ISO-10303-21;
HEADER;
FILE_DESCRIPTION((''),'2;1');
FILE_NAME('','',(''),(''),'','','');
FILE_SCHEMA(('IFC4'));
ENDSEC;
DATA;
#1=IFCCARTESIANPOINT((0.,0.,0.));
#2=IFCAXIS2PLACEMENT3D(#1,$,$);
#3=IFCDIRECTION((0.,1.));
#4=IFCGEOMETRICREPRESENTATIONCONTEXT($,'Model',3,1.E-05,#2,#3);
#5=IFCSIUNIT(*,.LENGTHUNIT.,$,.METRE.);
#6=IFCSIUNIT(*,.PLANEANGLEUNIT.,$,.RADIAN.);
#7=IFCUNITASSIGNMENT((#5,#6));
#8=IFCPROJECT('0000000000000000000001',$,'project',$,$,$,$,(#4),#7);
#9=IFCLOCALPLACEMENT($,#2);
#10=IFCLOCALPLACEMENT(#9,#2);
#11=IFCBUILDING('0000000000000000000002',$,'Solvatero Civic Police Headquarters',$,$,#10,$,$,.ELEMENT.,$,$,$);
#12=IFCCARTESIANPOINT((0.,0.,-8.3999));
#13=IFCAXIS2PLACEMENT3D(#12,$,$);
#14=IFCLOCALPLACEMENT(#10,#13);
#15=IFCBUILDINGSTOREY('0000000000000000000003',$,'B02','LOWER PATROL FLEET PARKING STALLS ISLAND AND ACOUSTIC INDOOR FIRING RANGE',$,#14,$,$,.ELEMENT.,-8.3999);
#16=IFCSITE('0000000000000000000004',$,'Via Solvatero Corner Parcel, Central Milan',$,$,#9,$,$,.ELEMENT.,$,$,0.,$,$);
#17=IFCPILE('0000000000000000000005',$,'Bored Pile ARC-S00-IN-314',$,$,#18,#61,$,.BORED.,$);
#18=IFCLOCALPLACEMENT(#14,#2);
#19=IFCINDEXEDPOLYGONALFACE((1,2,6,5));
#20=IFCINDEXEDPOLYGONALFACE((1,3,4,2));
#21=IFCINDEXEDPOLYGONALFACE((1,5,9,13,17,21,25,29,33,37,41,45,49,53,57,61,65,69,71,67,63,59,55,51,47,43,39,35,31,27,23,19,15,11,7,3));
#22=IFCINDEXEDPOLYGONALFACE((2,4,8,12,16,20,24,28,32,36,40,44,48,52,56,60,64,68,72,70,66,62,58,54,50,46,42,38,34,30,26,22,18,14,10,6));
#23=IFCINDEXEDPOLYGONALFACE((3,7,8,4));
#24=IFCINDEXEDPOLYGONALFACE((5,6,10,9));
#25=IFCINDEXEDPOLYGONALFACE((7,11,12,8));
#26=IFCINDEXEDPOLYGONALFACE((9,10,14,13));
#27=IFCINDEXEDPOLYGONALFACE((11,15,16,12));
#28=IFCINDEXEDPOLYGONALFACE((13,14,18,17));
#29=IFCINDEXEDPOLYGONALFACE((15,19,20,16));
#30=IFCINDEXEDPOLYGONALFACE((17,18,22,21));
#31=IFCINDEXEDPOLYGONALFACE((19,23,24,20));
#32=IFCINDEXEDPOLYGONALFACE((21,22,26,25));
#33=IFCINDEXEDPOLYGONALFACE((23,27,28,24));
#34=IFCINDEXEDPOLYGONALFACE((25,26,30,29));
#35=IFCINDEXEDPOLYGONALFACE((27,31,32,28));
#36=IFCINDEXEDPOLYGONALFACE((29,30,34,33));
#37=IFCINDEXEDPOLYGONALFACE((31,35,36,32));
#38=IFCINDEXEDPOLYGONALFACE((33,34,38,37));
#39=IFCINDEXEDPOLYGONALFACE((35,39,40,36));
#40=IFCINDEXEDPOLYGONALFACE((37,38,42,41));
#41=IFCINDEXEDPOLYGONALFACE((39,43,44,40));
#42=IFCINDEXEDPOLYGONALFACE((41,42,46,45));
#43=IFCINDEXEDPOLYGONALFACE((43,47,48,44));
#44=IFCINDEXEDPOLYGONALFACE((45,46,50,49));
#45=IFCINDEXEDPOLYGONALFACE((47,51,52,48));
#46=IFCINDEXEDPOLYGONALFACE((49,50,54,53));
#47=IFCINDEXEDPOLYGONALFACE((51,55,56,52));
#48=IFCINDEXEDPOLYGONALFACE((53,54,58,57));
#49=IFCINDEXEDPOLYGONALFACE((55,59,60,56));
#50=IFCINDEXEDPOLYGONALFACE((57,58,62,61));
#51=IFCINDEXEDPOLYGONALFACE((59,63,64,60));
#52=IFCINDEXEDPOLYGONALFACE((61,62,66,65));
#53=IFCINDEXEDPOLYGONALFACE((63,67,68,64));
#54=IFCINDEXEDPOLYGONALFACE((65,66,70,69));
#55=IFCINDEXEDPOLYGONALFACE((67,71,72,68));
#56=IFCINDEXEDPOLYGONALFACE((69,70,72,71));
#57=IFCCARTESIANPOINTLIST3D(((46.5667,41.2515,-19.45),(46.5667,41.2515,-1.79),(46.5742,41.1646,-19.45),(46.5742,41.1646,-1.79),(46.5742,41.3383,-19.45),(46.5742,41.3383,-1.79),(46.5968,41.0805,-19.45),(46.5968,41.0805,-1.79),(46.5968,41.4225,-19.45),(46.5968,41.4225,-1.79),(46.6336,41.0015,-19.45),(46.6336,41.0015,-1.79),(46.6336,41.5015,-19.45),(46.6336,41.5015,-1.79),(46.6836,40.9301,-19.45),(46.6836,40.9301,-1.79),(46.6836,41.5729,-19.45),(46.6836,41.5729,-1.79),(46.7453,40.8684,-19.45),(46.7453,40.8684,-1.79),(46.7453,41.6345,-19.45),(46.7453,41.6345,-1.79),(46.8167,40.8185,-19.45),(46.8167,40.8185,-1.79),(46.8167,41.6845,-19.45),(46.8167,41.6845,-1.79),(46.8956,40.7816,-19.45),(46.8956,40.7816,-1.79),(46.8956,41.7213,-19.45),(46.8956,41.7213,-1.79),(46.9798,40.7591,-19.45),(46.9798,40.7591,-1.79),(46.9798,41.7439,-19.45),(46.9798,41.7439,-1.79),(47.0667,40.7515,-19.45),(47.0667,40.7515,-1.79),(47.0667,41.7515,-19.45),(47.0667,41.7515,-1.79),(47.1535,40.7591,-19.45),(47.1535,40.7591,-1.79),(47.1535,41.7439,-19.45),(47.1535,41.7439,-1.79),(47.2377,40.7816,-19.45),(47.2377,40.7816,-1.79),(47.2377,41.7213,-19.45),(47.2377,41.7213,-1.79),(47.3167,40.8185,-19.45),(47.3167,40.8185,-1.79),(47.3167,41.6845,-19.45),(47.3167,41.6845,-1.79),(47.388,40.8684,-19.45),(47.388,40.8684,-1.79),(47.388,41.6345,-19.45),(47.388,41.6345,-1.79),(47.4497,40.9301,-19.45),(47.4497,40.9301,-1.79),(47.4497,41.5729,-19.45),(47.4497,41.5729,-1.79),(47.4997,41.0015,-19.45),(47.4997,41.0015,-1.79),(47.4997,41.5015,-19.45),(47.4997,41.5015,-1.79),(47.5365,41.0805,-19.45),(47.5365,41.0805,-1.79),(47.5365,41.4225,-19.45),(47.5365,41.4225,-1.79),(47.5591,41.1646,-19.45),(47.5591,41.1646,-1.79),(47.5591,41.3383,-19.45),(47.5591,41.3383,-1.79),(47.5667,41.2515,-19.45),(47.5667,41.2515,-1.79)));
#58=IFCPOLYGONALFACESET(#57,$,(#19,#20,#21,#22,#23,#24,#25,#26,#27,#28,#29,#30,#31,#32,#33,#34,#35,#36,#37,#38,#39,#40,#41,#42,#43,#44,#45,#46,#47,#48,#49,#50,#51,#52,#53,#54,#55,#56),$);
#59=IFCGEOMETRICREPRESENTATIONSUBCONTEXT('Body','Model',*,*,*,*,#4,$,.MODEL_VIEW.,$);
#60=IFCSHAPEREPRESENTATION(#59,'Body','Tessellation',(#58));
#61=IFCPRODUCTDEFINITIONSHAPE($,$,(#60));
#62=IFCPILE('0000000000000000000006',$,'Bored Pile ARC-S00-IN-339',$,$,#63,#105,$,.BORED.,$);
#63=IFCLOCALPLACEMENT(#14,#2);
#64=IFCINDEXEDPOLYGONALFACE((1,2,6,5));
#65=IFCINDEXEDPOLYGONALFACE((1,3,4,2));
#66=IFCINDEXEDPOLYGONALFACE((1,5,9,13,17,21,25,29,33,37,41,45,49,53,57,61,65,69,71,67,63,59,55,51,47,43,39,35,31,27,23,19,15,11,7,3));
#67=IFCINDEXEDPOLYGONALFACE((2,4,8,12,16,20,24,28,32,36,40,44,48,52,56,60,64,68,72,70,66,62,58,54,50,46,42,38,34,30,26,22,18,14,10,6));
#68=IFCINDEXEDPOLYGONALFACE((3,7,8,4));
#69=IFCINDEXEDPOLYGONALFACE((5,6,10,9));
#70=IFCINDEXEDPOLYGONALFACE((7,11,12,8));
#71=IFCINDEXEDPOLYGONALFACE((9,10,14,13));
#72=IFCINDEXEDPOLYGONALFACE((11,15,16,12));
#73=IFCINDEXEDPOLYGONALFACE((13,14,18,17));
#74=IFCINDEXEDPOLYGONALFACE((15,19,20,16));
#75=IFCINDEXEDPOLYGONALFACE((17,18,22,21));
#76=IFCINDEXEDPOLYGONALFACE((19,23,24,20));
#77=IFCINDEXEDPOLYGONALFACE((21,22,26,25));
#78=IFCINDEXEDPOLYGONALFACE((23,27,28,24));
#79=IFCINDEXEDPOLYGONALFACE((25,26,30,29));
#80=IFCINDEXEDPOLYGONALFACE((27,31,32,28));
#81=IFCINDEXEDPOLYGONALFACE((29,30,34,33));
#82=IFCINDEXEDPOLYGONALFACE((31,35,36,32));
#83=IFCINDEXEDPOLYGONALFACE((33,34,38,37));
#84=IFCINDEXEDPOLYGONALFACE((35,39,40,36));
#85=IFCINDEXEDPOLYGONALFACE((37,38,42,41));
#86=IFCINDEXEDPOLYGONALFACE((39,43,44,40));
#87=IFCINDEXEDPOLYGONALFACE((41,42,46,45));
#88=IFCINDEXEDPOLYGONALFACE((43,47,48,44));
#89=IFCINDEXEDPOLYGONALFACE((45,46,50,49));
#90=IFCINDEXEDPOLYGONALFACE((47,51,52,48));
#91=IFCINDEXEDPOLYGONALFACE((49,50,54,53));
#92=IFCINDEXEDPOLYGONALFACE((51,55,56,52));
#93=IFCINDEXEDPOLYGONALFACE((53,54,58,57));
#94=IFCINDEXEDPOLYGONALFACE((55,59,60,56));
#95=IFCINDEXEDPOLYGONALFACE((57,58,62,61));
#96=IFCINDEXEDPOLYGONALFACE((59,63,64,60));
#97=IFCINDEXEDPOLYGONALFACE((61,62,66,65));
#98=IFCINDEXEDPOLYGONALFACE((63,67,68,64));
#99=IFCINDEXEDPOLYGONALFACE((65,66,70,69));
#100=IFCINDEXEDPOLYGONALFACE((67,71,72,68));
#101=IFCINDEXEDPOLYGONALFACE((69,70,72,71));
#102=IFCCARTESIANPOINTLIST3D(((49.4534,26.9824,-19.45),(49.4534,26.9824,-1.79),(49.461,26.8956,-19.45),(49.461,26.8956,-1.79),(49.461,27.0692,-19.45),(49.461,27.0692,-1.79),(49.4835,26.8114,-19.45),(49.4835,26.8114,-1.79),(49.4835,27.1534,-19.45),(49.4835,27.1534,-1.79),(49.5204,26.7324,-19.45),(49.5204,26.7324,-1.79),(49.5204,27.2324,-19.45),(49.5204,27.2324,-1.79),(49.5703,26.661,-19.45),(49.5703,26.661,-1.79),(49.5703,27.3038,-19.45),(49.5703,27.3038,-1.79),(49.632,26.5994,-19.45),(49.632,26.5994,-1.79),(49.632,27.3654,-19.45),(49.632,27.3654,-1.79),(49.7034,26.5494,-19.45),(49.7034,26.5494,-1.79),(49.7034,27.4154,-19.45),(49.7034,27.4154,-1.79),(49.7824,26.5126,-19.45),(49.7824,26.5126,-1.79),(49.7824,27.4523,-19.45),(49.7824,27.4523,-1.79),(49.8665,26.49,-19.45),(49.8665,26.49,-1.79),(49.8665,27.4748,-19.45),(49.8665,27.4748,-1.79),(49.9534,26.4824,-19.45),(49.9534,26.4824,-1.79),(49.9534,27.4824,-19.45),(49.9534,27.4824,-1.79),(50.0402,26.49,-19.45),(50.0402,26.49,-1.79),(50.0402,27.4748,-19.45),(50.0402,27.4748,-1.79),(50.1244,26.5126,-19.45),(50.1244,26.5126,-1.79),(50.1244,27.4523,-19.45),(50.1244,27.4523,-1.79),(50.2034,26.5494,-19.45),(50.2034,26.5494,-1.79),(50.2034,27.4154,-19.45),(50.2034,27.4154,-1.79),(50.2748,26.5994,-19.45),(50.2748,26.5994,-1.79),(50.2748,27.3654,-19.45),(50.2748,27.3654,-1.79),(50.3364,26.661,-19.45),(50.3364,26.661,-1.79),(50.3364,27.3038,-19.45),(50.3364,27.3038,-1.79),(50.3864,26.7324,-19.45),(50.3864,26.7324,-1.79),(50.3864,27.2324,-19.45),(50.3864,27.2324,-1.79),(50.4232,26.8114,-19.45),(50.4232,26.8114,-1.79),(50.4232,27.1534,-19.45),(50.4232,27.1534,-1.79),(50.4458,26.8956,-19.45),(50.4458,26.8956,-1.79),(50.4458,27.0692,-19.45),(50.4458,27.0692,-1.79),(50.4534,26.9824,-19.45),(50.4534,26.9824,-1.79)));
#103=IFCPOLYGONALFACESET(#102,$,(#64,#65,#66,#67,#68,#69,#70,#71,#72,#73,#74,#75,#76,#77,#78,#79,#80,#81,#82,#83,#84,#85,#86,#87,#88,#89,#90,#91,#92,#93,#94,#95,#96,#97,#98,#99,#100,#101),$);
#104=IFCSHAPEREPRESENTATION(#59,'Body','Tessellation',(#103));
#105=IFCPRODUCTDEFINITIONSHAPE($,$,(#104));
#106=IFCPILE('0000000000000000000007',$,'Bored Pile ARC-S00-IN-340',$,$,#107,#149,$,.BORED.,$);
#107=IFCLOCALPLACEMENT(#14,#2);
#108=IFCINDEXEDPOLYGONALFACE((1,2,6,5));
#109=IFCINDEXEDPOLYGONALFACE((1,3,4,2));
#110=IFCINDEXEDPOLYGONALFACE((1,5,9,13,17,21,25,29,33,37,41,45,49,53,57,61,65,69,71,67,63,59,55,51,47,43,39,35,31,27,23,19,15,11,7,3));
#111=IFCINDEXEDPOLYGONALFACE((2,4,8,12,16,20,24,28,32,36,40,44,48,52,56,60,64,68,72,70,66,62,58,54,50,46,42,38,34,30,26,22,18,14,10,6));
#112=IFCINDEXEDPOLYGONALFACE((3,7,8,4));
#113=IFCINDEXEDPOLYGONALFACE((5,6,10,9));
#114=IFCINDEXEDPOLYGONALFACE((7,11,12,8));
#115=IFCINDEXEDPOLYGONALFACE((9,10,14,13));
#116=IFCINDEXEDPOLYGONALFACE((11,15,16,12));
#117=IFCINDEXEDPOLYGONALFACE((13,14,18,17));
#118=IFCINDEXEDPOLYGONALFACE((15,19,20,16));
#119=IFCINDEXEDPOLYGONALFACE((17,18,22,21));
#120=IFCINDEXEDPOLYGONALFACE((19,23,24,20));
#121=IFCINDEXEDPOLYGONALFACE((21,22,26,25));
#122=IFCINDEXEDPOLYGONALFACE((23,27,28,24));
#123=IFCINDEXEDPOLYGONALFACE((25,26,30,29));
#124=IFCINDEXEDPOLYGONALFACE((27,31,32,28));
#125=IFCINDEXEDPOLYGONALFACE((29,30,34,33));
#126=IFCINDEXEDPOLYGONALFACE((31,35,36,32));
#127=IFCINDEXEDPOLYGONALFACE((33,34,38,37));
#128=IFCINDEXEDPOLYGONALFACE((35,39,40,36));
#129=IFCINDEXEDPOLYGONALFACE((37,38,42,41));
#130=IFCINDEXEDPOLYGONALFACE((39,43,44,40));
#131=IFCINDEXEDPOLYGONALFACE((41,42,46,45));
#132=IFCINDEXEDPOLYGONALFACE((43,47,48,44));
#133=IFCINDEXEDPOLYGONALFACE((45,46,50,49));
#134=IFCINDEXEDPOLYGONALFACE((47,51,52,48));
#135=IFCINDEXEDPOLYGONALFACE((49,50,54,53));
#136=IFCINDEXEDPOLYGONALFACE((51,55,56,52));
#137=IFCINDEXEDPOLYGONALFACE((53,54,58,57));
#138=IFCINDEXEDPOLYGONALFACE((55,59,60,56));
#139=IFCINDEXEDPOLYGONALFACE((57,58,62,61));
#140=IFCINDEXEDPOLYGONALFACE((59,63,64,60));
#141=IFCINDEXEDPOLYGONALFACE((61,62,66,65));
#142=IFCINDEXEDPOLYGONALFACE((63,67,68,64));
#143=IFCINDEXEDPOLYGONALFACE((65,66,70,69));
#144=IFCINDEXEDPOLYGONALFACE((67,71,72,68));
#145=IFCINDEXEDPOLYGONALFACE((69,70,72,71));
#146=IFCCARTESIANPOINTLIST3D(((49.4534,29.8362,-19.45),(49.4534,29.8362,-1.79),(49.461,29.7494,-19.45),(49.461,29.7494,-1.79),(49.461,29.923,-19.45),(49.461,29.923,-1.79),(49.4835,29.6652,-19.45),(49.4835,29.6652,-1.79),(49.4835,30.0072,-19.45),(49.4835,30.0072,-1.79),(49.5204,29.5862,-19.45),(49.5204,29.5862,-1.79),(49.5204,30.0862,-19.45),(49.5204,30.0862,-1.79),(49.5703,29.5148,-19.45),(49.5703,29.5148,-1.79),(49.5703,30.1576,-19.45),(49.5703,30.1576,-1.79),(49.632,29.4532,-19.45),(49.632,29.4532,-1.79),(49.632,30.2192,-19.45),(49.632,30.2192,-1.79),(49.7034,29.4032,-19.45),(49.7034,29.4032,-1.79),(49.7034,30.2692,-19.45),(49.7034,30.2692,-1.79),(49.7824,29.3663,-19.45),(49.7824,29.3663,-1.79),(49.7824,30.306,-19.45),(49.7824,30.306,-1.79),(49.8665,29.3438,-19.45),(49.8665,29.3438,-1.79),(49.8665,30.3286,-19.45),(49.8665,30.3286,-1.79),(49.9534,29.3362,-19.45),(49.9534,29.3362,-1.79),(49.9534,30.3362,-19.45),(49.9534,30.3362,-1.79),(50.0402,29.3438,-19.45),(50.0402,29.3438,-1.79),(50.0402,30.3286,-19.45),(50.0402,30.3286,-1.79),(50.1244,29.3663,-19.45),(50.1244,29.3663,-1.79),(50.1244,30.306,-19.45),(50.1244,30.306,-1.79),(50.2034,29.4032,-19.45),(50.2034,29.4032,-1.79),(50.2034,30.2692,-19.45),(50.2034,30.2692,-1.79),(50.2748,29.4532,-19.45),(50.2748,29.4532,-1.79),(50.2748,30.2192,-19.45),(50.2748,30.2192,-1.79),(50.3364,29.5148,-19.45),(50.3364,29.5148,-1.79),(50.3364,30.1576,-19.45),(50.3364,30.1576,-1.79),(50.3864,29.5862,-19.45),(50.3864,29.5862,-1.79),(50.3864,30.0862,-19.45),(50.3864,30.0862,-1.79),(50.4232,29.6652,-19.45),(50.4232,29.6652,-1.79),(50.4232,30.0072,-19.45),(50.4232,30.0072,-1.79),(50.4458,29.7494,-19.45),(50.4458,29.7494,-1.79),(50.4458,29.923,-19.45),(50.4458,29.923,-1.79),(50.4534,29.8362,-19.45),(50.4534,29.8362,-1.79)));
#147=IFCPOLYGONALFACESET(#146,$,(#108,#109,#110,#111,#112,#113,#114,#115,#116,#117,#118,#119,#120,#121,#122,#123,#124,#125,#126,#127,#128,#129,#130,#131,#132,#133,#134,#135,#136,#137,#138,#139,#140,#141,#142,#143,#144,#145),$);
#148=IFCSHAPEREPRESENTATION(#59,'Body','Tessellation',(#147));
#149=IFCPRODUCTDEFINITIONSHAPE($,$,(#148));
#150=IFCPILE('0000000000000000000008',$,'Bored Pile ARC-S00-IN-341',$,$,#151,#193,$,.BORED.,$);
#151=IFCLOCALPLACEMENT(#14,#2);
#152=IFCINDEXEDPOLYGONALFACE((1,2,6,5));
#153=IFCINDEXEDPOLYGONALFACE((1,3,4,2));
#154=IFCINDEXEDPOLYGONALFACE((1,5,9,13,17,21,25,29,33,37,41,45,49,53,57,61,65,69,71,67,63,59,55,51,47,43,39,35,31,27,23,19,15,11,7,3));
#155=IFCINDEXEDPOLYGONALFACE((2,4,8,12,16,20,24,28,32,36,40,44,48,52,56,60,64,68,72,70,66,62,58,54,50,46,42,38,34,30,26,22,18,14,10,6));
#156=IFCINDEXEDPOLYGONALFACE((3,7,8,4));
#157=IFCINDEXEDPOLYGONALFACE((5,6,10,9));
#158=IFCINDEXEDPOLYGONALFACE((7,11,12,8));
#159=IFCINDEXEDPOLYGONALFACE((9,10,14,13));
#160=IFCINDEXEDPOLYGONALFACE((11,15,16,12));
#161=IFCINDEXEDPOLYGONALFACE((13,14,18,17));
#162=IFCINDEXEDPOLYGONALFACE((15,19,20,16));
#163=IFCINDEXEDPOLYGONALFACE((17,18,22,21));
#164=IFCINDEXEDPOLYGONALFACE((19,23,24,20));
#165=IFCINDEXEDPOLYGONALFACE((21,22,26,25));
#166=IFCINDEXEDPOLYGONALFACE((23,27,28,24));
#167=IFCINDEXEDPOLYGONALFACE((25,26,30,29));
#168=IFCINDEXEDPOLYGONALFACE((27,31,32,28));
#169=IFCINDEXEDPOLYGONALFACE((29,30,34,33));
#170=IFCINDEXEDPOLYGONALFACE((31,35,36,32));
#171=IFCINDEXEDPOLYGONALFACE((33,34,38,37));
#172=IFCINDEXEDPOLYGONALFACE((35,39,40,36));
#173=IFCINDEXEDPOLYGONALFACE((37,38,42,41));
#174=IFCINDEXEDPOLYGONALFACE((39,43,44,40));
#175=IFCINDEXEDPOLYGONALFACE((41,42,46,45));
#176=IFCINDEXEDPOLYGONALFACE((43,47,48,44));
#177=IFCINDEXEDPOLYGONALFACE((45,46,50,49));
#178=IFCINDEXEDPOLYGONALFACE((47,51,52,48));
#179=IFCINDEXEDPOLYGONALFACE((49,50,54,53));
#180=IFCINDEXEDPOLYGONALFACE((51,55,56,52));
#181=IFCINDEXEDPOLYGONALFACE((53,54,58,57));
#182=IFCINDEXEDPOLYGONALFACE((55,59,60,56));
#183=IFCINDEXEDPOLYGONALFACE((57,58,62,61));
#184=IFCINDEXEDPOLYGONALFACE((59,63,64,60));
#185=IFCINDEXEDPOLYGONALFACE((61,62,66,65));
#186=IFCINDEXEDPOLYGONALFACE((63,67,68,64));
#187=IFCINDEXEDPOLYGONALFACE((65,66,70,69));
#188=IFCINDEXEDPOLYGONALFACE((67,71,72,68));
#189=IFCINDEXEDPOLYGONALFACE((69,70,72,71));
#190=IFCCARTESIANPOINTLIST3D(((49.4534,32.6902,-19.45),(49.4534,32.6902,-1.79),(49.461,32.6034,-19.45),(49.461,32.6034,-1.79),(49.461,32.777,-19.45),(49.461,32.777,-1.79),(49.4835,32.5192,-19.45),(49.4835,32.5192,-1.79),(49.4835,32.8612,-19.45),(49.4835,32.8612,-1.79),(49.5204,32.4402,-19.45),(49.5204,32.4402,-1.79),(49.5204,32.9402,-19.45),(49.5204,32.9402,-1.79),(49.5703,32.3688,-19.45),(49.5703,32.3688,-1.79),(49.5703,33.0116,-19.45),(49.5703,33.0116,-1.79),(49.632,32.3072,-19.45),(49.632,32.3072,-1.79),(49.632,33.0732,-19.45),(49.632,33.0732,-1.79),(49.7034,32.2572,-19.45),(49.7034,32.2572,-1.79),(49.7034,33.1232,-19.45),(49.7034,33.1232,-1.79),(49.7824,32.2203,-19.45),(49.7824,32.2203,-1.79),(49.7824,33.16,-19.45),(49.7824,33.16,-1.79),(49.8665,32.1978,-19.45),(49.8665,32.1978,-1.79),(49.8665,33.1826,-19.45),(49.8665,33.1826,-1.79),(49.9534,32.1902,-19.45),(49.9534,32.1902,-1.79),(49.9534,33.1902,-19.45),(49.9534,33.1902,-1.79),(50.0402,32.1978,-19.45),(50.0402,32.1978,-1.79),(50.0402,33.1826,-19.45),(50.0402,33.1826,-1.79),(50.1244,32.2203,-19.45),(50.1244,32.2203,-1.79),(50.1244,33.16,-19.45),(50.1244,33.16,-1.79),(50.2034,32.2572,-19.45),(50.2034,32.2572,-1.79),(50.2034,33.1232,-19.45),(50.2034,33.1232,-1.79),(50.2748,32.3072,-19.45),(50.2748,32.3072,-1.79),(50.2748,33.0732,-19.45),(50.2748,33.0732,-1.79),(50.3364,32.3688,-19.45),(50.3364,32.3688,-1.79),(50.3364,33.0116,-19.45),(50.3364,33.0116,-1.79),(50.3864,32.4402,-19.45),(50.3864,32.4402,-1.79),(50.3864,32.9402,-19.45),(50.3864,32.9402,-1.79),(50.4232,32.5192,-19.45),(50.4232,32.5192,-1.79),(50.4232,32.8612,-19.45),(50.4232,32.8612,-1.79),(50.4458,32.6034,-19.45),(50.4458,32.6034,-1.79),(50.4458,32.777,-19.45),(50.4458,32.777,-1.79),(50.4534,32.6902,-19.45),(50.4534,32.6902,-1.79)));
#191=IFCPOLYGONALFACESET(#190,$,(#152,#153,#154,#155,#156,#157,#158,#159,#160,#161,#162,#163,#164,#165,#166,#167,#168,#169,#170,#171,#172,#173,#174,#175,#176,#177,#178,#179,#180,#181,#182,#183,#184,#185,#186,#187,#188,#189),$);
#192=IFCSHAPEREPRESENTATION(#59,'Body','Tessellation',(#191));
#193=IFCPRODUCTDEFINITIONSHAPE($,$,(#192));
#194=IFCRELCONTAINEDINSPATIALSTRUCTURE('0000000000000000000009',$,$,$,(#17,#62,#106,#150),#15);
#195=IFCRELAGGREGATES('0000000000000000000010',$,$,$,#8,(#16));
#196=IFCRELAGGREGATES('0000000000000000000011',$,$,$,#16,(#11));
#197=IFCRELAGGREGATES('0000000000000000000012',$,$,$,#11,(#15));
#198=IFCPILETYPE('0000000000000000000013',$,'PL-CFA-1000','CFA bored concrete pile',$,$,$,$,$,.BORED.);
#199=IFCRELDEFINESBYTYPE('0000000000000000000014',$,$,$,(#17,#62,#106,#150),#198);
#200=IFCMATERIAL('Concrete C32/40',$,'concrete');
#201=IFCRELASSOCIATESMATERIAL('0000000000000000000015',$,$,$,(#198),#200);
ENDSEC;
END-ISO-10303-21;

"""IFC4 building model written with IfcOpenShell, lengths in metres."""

from ifc_helpers import new_model, si_unit, direction, frame, origin, origin_2d, place, context, subcontext, project, spatial, circle, extrude, material, material_profile, profile_set, type_object, element, save


model = new_model("IFC4")

# Units and contexts
model_context = context("Model", 3, precision=1e-05, world=origin(), true_north=direction((0.0, 1.0)))
body_context = subcontext(model_context, "Body", "Model", "MODEL_VIEW")
ifc_project = project(units=[si_unit("LENGTHUNIT", "METRE"), si_unit("PLANEANGLEUNIT", "RADIAN")], contexts=[model_context])

# Site, building, storey
site_placement = place(None, origin())
site = spatial("IfcSite", under=ifc_project, at=site_placement, Name="Via Solvatero Corner Parcel, Central Milan", CompositionType="ELEMENT", RefElevation=0.0)
building_placement = place(site_placement, origin())
building = spatial("IfcBuilding", under=site, at=building_placement, Name="Solvatero Civic Police Headquarters", CompositionType="ELEMENT")
storey_placement = place(building_placement, frame((0.0, 0.0, -8.3999)))
storey = spatial("IfcBuildingStorey", under=building, at=storey_placement, Name="B02", Description="LOWER PATROL FLEET PARKING STALLS ISLAND AND ACOUSTIC INDOOR FIRING RANGE", CompositionType="ELEMENT", Elevation=-8.3999)

# Piles
ifc_material_1 = material(Name="Concrete C32/40", Category="concrete")
ifc_material_profile_1 = material_profile(ifc_material_1, circle(Radius=0.5, at=origin_2d()), Name="CFA PILE D1000")
ifc_profile_set_1 = profile_set([ifc_material_profile_1], Name="Concrete C32/40")
pile_type = type_object("IfcPileType", Name="PL-CFA-1000", Description="CFA bored concrete pile", PredefinedType="BORED", material=ifc_profile_set_1)
for number, where, z_axis, x_axis, name in (
    (1, (47.0667, 41.2515, -1.79), (0.0, 0.0, -1.0), (1.0, 0.0, 0.0), "Bored Pile ARC-S00-IN-314"),
    (2, (49.9534, 26.9824, -1.79), (0.0, 0.0, -1.0), (1.0, 0.0, 0.0), "Bored Pile ARC-S00-IN-339"),
    (3, (49.9534, 29.8362, -1.79), (0.0, 0.0, -1.0), (1.0, 0.0, 0.0), "Bored Pile ARC-S00-IN-340"),
    (4, (49.9534, 32.6902, -1.79), (0.0, 0.0, -1.0), (1.0, 0.0, 0.0), "Bored Pile ARC-S00-IN-341"),
):
    element("IfcPile", number, at=place(storey_placement, frame(where, z_axis=z_axis, x_axis=x_axis)), inside=storey, type_object=pile_type, Name=name, PredefinedType="BORED", context=body_context, shape_type="SweptSolid", body=[
        extrude(circle(Radius=0.5, at=origin_2d()), origin(), (0.0, 0.0, 1.0), 17.6599),
    ])

save(model, "model.ifc")
